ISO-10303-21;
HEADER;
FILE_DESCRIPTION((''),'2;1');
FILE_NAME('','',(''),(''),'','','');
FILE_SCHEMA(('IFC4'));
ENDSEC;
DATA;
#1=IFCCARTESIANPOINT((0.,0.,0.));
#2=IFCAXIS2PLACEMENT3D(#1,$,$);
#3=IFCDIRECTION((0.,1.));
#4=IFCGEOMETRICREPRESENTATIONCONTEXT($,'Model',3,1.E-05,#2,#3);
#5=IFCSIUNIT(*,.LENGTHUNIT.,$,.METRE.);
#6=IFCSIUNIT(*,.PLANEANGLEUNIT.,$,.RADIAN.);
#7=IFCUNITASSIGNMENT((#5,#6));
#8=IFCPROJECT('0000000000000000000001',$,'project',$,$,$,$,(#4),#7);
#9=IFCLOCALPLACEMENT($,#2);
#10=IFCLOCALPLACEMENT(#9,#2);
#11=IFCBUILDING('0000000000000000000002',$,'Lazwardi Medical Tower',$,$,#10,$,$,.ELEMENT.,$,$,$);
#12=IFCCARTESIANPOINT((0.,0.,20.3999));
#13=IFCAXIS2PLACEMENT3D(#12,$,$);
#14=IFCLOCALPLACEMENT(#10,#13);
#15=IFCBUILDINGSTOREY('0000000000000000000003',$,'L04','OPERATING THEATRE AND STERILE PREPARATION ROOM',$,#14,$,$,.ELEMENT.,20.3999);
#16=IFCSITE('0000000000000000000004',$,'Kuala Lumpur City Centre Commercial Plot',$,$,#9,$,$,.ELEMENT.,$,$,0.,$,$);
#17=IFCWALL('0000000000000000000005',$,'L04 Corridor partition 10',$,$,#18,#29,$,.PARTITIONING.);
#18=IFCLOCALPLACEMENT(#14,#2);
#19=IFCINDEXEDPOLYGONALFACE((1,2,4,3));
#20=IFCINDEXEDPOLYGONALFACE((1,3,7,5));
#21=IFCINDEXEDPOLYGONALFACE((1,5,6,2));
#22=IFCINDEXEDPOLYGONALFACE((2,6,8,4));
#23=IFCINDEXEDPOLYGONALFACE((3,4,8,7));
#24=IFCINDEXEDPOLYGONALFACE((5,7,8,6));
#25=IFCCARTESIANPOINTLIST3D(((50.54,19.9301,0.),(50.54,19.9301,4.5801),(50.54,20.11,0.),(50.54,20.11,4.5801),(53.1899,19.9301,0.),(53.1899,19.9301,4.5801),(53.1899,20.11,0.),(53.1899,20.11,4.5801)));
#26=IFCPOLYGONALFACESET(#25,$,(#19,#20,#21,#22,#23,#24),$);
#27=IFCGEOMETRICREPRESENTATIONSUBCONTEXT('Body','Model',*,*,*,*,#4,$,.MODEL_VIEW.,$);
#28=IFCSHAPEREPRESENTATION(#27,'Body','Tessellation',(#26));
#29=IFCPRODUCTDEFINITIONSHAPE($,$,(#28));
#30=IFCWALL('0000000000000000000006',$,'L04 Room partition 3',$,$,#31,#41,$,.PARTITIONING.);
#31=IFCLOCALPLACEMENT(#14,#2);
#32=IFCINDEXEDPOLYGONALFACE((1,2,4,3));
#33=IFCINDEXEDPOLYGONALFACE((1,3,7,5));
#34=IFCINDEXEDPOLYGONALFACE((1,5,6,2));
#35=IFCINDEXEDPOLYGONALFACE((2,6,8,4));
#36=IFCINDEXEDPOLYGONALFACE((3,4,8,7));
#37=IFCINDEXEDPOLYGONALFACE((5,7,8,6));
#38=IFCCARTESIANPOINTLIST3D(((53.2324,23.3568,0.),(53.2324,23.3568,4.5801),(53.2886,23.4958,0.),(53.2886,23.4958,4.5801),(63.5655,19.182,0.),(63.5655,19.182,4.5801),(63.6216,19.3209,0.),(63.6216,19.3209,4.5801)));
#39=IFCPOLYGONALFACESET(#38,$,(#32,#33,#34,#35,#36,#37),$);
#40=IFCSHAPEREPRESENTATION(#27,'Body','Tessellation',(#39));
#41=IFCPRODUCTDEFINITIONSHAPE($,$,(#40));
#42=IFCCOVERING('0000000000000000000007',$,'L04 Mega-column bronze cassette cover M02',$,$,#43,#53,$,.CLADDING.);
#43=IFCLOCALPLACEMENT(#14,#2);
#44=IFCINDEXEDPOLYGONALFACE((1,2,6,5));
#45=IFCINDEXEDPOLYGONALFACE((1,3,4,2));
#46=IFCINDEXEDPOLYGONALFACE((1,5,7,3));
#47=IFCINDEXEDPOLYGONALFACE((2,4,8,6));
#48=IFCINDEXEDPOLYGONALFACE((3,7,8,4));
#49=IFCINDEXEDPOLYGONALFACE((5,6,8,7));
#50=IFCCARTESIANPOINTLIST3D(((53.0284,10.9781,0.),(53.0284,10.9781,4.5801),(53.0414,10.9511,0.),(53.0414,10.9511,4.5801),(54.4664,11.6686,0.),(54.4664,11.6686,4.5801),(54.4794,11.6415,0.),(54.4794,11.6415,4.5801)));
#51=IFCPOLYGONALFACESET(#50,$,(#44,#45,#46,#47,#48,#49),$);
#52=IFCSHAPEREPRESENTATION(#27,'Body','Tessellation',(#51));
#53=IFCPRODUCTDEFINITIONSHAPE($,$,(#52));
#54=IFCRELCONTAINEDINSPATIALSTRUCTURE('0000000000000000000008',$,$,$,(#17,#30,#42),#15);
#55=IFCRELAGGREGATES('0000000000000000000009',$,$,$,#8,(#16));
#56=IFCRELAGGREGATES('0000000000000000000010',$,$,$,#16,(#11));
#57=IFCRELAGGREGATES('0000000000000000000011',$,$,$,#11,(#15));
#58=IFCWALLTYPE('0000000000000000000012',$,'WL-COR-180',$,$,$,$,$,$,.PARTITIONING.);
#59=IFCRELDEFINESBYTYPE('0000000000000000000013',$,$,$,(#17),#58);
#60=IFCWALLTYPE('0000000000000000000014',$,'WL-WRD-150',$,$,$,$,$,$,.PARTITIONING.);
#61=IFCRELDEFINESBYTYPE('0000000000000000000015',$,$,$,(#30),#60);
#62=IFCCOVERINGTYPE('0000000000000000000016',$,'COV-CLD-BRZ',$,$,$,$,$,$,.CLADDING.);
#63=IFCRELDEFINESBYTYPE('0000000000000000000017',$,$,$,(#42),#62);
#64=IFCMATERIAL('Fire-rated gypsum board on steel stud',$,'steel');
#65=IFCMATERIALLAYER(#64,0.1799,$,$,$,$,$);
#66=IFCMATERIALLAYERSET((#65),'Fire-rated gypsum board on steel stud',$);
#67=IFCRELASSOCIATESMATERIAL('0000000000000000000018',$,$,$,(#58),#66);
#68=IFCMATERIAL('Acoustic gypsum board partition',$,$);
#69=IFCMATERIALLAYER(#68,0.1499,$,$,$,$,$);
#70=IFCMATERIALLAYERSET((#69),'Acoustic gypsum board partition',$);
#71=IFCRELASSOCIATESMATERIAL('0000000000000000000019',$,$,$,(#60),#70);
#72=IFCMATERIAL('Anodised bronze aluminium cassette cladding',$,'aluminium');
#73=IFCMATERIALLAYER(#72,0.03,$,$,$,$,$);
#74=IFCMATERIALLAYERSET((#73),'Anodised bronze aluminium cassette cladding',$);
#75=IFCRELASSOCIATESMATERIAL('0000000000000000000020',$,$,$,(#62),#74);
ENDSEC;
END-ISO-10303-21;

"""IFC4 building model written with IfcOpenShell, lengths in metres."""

from ifc_helpers import new_model, si_unit, direction, frame, frame_2d, origin, origin_2d, place, context, subcontext, project, spatial, rectangle, extrude, material, layer, layer_set, type_object, element, save


model = new_model("IFC4")

# Units and contexts
model_context = context("Model", 3, precision=1e-05, world=origin(), true_north=direction((0.0, 1.0)))
body_context = subcontext(model_context, "Body", "Model", "MODEL_VIEW")
ifc_project = project(units=[si_unit("LENGTHUNIT", "METRE"), si_unit("PLANEANGLEUNIT", "RADIAN")], contexts=[model_context])

# Site, building, storey
site_placement = place(None, origin())
site = spatial("IfcSite", under=ifc_project, at=site_placement, Name="Kuala Lumpur City Centre Commercial Plot", CompositionType="ELEMENT", RefElevation=0.0)
building_placement = place(site_placement, origin())
building = spatial("IfcBuilding", under=site, at=building_placement, Name="Lazwardi Medical Tower", CompositionType="ELEMENT")
storey_placement = place(building_placement, frame((0.0, 0.0, 20.3999)))
storey = spatial("IfcBuildingStorey", under=building, at=storey_placement, Name="L04", Description="OPERATING THEATRE AND STERILE PREPARATION ROOM", CompositionType="ELEMENT", Elevation=20.3999)

# Walls
ifc_material_1 = material(Name="Fire-rated gypsum board on steel stud", Category="steel")
ifc_layer_1 = layer(ifc_material_1, 0.1799)
ifc_layer_set_1 = layer_set([ifc_layer_1], Name="Fire-rated gypsum board on steel stud")
wall_type_1 = type_object("IfcWallType", Name="WL-COR-180", PredefinedType="PARTITIONING", material=ifc_layer_set_1)
wall_1_placement = place(storey_placement, frame((53.1899, 20.02, 0.0), z_axis=(0.0, 0.0, 1.0), x_axis=(-1.0, 0.0, 0.0)))
element("IfcWall", 1, at=wall_1_placement, inside=storey, type_object=wall_type_1, Name="L04 Corridor partition 10", PredefinedType="PARTITIONING", context=body_context, shape_type="SweptSolid", body=[
    extrude(rectangle(XDim=2.6499, YDim=0.1799, at=frame_2d((1.325, 0.0))), origin(), (0.0, 0.0, 1.0), 4.5801),
])
ifc_material_2 = material(Name="Acoustic gypsum board partition")
ifc_layer_2 = layer(ifc_material_2, 0.1499)
ifc_layer_set_2 = layer_set([ifc_layer_2], Name="Acoustic gypsum board partition")
wall_type_2 = type_object("IfcWallType", Name="WL-WRD-150", PredefinedType="PARTITIONING", material=ifc_layer_set_2)
wall_2_placement = place(storey_placement, frame((53.2605, 23.4263, 0.0), z_axis=(0.0, 0.0, 1.0), x_axis=(0.927184, -0.374606, 0.0)))
element("IfcWall", 2, at=wall_2_placement, inside=storey, type_object=wall_type_2, Name="L04 Room partition 3", PredefinedType="PARTITIONING", context=body_context, shape_type="SweptSolid", body=[
    extrude(rectangle(XDim=11.1445, YDim=0.1499, at=frame_2d((5.5723, 0.0))), origin(), (0.0, 0.0, 1.0), 4.5801),
])

# Covering
ifc_material_3 = material(Name="Anodised bronze aluminium cassette cladding", Category="aluminium")
ifc_layer_3 = layer(ifc_material_3, 0.03)
ifc_layer_set_3 = layer_set([ifc_layer_3], Name="Anodised bronze aluminium cassette cladding")
covering_type = type_object("IfcCoveringType", Name="COV-CLD-BRZ", PredefinedType="CLADDING", material=ifc_layer_set_3)
covering_placement = place(storey_placement, frame((53.7539, 11.3098, 0.0), z_axis=(0.0, 0.0, 1.0), x_axis=(0.901484, 0.432813, 0.0)))
element("IfcCovering", 3, at=covering_placement, inside=storey, type_object=covering_type, Name="L04 Mega-column bronze cassette cover M02", PredefinedType="CLADDING", context=body_context, shape_type="SweptSolid", body=[
    extrude(rectangle(XDim=1.5952, YDim=0.03, at=origin_2d()), origin(), (0.0, 0.0, 1.0), 4.5801),
])

save(model, "model.ifc")
